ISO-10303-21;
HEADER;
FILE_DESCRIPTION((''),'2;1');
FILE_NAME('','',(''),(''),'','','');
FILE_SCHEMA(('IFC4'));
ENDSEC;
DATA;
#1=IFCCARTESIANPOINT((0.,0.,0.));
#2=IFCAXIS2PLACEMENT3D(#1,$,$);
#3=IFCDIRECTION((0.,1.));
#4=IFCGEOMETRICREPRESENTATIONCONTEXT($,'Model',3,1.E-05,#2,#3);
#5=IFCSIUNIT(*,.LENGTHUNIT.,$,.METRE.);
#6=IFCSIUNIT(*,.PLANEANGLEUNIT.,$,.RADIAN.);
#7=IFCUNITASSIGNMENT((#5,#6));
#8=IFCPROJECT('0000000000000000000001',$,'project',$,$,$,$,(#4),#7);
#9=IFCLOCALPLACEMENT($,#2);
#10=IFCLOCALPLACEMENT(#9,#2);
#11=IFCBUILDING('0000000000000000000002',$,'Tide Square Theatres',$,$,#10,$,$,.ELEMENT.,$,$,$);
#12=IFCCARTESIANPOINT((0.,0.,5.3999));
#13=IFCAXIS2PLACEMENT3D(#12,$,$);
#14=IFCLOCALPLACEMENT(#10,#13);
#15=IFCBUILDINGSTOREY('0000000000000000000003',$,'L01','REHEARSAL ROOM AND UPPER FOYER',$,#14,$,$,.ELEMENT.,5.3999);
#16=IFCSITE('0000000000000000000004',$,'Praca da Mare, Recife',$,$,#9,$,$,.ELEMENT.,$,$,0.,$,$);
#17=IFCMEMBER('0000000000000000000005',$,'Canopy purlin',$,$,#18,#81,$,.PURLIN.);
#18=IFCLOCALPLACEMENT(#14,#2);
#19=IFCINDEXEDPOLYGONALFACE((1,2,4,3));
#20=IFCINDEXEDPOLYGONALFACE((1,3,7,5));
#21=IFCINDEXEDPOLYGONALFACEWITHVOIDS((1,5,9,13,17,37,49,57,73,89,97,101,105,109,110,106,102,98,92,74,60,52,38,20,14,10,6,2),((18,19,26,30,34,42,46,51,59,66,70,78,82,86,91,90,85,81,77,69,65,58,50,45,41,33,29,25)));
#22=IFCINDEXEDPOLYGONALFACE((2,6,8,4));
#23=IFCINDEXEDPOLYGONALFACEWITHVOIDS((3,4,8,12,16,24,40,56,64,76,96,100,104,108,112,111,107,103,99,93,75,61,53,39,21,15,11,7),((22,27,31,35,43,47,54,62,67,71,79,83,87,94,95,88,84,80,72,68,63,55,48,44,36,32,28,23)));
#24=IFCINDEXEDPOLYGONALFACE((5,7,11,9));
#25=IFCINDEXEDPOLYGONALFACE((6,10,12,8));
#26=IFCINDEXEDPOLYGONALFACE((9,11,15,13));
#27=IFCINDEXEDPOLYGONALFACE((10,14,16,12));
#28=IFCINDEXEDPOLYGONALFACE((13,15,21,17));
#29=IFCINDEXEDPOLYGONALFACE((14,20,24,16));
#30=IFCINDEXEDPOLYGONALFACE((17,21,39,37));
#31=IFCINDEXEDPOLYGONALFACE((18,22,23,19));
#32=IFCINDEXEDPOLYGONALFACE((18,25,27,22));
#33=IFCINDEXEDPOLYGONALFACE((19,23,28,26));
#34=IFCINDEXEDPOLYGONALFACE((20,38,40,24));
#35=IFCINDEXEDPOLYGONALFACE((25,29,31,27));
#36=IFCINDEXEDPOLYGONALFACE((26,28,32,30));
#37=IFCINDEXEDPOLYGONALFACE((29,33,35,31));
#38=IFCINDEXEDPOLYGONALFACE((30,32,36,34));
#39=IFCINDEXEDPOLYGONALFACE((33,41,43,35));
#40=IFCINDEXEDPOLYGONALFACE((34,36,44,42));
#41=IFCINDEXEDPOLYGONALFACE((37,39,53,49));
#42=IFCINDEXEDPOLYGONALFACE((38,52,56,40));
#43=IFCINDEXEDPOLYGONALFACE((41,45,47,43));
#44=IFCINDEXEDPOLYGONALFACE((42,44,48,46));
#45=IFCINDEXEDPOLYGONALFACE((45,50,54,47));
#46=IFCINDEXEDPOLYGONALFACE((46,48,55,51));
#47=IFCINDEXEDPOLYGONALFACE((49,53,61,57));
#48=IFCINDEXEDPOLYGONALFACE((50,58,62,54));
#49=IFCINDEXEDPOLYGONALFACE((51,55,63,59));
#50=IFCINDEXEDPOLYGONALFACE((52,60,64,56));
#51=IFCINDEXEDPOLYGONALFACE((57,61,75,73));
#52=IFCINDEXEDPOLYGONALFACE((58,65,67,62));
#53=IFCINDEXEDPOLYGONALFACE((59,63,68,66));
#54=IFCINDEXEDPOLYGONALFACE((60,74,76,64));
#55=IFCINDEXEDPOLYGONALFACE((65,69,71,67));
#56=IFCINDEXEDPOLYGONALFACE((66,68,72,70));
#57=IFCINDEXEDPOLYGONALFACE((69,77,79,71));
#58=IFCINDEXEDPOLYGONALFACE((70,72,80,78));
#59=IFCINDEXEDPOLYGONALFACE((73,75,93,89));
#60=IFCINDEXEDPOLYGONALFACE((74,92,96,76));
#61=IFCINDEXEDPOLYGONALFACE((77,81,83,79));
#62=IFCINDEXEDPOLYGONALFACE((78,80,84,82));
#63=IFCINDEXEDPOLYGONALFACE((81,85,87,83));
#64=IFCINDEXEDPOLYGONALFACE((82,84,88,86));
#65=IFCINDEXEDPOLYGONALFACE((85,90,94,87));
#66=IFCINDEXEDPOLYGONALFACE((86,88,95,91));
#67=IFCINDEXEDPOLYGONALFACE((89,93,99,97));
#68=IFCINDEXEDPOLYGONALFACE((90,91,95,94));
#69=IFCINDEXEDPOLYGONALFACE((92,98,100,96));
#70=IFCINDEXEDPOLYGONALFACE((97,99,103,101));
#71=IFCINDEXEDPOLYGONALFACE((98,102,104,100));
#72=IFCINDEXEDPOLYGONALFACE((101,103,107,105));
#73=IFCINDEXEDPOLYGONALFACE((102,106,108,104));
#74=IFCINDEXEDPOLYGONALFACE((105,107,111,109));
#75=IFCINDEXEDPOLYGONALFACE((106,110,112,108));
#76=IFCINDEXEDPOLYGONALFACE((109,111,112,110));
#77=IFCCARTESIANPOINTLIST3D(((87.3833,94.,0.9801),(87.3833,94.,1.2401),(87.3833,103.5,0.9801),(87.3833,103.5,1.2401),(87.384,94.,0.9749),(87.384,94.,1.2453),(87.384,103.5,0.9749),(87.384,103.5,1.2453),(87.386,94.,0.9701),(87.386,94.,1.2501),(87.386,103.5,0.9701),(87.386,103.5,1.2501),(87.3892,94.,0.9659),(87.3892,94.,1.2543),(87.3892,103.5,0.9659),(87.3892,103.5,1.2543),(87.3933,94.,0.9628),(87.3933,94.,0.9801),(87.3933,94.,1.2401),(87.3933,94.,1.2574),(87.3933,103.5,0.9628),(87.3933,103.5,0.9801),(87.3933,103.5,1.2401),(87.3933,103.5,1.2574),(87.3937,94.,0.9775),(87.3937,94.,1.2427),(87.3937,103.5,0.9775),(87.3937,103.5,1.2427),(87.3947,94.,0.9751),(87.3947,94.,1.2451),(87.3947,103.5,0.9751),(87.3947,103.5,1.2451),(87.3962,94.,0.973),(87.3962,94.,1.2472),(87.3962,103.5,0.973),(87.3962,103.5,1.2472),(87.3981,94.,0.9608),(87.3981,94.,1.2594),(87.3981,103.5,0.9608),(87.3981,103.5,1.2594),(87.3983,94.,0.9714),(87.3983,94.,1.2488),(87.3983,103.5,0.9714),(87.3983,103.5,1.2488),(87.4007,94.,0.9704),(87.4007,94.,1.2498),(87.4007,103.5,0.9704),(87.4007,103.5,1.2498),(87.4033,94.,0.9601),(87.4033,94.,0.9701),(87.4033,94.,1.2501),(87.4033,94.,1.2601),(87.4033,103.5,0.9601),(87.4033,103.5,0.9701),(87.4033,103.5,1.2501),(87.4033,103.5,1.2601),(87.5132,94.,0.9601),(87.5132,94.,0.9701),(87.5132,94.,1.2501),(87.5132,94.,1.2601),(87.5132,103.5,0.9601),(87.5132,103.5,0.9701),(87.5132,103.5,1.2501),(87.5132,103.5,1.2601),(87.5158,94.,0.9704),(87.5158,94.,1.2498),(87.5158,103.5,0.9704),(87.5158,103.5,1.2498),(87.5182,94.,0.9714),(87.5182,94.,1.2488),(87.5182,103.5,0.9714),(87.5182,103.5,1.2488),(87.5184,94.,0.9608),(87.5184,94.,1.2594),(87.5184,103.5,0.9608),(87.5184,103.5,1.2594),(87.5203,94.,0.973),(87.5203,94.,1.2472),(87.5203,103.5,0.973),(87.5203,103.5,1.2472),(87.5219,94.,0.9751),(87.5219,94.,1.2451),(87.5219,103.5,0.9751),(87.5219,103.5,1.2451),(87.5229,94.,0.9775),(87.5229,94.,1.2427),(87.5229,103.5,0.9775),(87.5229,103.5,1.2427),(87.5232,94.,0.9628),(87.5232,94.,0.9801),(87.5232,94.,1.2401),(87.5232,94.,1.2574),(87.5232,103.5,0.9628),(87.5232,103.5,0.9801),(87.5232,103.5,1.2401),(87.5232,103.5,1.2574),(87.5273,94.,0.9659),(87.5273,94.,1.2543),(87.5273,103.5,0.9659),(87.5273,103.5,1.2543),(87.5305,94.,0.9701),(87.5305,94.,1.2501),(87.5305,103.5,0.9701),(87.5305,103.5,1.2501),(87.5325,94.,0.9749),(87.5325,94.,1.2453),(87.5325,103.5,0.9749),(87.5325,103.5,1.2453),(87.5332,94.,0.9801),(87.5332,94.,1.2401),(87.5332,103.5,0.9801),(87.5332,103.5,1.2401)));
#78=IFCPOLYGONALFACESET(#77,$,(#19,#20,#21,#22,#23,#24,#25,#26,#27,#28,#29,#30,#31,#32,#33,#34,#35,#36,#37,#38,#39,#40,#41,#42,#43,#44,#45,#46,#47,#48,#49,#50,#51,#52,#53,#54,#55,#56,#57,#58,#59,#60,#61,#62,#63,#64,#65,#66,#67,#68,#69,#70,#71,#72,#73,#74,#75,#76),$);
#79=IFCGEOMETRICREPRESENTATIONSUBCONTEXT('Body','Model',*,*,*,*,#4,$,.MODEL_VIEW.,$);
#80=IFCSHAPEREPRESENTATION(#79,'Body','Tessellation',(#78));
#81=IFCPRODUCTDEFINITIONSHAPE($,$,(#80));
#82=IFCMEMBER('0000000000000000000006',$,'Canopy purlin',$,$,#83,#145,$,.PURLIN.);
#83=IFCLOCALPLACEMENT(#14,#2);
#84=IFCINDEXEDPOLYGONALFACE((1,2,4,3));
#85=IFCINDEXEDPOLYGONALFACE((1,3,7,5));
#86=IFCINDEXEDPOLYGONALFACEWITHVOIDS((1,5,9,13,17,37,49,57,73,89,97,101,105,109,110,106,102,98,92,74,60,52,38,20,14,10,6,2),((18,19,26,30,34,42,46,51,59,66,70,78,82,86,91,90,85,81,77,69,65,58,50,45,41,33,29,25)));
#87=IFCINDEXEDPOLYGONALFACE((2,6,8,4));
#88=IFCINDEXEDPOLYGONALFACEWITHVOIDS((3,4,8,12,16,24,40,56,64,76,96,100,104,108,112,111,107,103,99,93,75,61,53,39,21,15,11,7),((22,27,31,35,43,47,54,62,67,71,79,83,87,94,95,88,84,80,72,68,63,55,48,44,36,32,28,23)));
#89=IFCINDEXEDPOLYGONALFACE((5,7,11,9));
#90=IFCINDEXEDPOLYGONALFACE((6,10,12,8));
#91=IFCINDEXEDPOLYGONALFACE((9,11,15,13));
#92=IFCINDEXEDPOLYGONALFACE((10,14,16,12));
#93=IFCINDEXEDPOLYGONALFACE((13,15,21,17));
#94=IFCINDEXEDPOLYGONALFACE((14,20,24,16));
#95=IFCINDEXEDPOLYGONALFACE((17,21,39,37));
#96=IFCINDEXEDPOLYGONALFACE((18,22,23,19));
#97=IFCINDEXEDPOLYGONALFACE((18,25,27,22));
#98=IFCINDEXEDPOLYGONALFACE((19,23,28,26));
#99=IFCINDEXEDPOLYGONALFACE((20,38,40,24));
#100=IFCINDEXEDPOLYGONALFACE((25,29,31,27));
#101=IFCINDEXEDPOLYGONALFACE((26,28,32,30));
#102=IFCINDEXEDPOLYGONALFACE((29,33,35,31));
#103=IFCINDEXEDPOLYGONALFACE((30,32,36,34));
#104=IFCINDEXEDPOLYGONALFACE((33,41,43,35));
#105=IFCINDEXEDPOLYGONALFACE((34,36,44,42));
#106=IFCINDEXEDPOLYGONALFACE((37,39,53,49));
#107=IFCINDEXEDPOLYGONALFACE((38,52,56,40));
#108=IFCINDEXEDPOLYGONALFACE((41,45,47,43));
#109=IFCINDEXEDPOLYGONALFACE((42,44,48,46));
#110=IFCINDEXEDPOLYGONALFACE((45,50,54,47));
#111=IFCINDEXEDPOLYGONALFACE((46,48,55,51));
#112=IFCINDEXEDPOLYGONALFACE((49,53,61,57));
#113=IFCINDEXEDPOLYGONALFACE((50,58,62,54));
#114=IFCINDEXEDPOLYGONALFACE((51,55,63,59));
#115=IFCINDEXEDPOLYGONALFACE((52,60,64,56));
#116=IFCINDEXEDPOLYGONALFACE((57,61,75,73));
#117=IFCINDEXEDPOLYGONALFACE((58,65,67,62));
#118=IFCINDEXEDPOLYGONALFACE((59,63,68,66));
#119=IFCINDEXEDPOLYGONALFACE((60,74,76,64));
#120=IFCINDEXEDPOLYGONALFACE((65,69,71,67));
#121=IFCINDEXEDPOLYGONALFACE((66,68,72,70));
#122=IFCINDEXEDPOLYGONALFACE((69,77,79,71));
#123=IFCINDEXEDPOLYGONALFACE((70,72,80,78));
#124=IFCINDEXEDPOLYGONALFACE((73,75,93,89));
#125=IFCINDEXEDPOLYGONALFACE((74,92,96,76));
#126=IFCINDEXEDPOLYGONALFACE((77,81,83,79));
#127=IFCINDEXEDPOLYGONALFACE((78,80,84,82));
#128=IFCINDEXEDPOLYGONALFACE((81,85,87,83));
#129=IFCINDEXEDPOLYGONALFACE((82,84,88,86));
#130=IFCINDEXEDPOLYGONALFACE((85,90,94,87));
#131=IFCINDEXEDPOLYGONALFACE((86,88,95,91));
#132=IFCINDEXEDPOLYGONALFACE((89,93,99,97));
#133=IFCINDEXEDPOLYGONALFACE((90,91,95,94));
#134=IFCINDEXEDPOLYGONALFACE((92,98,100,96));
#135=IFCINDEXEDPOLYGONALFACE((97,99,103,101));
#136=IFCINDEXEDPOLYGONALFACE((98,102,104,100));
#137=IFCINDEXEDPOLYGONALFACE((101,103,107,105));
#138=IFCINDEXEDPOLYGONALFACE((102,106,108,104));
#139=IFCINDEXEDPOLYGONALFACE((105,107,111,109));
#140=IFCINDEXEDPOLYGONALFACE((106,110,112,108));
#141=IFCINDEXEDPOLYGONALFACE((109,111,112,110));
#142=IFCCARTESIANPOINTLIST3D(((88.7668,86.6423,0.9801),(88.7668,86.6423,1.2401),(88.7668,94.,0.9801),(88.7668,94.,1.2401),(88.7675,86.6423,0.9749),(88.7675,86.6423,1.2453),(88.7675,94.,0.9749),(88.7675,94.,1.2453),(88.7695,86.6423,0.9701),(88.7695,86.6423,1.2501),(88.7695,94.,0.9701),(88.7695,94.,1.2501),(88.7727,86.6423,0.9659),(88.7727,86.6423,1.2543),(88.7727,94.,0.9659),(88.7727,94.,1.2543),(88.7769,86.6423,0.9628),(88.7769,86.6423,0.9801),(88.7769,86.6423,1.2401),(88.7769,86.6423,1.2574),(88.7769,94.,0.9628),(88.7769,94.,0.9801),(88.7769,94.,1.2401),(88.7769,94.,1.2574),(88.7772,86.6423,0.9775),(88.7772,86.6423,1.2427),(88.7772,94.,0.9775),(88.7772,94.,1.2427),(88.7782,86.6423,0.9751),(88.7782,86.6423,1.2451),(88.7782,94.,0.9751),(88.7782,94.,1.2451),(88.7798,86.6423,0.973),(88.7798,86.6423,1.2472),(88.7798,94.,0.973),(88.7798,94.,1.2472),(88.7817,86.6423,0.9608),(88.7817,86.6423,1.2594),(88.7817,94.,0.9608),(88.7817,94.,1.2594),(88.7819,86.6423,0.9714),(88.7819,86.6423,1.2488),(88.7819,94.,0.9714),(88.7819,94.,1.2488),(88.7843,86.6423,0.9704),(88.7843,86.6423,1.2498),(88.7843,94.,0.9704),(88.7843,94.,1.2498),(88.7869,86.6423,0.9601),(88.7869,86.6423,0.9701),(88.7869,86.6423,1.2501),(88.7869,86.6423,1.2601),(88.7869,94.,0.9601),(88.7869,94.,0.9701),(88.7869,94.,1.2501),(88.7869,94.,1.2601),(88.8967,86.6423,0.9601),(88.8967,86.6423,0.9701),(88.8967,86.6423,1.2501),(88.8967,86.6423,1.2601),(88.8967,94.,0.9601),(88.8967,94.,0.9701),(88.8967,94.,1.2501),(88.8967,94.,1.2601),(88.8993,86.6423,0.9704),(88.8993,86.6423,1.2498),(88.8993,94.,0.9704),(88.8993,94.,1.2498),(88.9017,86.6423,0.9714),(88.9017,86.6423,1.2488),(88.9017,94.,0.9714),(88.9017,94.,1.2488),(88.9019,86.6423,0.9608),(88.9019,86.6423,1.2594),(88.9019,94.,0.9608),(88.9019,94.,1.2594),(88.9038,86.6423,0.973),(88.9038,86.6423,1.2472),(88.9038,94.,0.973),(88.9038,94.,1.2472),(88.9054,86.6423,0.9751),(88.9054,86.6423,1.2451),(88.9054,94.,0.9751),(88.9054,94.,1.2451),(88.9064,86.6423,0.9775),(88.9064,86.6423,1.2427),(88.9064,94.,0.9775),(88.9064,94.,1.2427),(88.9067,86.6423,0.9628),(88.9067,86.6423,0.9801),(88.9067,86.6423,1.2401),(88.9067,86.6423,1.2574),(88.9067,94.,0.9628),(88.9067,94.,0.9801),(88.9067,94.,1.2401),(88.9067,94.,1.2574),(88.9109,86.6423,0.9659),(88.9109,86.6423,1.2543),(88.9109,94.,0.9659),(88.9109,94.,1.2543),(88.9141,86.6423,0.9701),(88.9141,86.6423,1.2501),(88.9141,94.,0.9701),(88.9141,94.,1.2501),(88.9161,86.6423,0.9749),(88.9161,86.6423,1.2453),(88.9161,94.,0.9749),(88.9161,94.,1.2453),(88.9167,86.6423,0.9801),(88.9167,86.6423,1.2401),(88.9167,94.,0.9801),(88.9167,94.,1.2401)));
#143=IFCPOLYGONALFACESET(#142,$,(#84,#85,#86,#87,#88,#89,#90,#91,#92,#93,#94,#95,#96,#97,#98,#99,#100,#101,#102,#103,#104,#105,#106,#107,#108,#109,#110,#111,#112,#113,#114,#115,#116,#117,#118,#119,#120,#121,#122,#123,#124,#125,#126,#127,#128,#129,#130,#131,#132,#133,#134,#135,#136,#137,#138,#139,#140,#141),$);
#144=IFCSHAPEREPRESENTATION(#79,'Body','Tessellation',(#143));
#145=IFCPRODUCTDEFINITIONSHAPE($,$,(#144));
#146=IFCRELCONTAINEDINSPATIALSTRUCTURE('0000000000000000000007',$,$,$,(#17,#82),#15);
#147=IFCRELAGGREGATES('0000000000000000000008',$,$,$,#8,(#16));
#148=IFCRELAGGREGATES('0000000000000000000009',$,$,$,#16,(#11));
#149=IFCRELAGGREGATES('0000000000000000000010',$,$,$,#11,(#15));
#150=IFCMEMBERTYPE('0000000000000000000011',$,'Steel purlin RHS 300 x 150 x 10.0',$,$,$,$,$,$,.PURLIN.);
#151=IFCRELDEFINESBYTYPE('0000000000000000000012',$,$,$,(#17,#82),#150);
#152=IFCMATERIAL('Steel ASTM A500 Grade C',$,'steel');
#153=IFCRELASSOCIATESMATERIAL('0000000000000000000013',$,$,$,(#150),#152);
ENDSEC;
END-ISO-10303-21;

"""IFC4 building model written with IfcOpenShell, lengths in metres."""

from ifc_helpers import new_model, si_unit, direction, frame, origin, origin_2d, place, context, subcontext, project, spatial, hollow_rectangle, extrude, material, material_profile, profile_set, type_object, element, save


model = new_model("IFC4")

# Units and contexts
model_context = context("Model", 3, precision=1e-05, world=origin(), true_north=direction((0.0, 1.0)))
body_context = subcontext(model_context, "Body", "Model", "MODEL_VIEW")
ifc_project = project(units=[si_unit("LENGTHUNIT", "METRE"), si_unit("PLANEANGLEUNIT", "RADIAN")], contexts=[model_context])

# Site, building, storey
site_placement = place(None, origin())
site = spatial("IfcSite", under=ifc_project, at=site_placement, Name="Praca da Mare, Recife", CompositionType="ELEMENT", RefElevation=0.0)
building_placement = place(site_placement, origin())
building = spatial("IfcBuilding", under=site, at=building_placement, Name="Tide Square Theatres", CompositionType="ELEMENT")
storey_placement = place(building_placement, frame((0.0, 0.0, 5.3999)))
storey = spatial("IfcBuildingStorey", under=building, at=storey_placement, Name="L01", Description="REHEARSAL ROOM AND UPPER FOYER", CompositionType="ELEMENT", Elevation=5.3999)

# Members
ifc_material_1 = material(Name="Steel ASTM A500 Grade C", Category="steel")
ifc_material_profile_1 = material_profile(ifc_material_1, hollow_rectangle(XDim=0.1499, YDim=0.3, WallThickness=0.01, InnerFilletRadius=0.01, OuterFilletRadius=0.02, at=origin_2d()))
ifc_profile_set_1 = profile_set([ifc_material_profile_1], Name="Steel ASTM A500 Grade C")
member_type = type_object("IfcMemberType", Name="Steel purlin RHS 300 x 150 x 10.0", PredefinedType="PURLIN", material=ifc_profile_set_1)
member_1_placement = place(storey_placement, frame((87.4583, 94.0, 1.1101), z_axis=(0.0, 1.0, 0.0), x_axis=(-1.0, 0.0, 0.0)))
element("IfcMember", 1, at=member_1_placement, inside=storey, type_object=member_type, Name="Canopy purlin", PredefinedType="PURLIN", context=body_context, shape_type="SweptSolid", body=[
    extrude(hollow_rectangle(XDim=0.1499, YDim=0.3, WallThickness=0.01, InnerFilletRadius=0.01, OuterFilletRadius=0.02, at=origin_2d()), origin(), (0.0, 0.0, 1.0), 9.5),
])
member_2_placement = place(storey_placement, frame((88.8418, 86.6423, 1.1101), z_axis=(0.0, 1.0, 0.0), x_axis=(-1.0, 0.0, 0.0)))
element("IfcMember", 2, at=member_2_placement, inside=storey, type_object=member_type, Name="Canopy purlin", PredefinedType="PURLIN", context=body_context, shape_type="SweptSolid", body=[
    extrude(hollow_rectangle(XDim=0.1499, YDim=0.3, WallThickness=0.01, InnerFilletRadius=0.01, OuterFilletRadius=0.02, at=origin_2d()), origin(), (0.0, 0.0, 1.0), 7.3577),
])

save(model, "model.ifc")
